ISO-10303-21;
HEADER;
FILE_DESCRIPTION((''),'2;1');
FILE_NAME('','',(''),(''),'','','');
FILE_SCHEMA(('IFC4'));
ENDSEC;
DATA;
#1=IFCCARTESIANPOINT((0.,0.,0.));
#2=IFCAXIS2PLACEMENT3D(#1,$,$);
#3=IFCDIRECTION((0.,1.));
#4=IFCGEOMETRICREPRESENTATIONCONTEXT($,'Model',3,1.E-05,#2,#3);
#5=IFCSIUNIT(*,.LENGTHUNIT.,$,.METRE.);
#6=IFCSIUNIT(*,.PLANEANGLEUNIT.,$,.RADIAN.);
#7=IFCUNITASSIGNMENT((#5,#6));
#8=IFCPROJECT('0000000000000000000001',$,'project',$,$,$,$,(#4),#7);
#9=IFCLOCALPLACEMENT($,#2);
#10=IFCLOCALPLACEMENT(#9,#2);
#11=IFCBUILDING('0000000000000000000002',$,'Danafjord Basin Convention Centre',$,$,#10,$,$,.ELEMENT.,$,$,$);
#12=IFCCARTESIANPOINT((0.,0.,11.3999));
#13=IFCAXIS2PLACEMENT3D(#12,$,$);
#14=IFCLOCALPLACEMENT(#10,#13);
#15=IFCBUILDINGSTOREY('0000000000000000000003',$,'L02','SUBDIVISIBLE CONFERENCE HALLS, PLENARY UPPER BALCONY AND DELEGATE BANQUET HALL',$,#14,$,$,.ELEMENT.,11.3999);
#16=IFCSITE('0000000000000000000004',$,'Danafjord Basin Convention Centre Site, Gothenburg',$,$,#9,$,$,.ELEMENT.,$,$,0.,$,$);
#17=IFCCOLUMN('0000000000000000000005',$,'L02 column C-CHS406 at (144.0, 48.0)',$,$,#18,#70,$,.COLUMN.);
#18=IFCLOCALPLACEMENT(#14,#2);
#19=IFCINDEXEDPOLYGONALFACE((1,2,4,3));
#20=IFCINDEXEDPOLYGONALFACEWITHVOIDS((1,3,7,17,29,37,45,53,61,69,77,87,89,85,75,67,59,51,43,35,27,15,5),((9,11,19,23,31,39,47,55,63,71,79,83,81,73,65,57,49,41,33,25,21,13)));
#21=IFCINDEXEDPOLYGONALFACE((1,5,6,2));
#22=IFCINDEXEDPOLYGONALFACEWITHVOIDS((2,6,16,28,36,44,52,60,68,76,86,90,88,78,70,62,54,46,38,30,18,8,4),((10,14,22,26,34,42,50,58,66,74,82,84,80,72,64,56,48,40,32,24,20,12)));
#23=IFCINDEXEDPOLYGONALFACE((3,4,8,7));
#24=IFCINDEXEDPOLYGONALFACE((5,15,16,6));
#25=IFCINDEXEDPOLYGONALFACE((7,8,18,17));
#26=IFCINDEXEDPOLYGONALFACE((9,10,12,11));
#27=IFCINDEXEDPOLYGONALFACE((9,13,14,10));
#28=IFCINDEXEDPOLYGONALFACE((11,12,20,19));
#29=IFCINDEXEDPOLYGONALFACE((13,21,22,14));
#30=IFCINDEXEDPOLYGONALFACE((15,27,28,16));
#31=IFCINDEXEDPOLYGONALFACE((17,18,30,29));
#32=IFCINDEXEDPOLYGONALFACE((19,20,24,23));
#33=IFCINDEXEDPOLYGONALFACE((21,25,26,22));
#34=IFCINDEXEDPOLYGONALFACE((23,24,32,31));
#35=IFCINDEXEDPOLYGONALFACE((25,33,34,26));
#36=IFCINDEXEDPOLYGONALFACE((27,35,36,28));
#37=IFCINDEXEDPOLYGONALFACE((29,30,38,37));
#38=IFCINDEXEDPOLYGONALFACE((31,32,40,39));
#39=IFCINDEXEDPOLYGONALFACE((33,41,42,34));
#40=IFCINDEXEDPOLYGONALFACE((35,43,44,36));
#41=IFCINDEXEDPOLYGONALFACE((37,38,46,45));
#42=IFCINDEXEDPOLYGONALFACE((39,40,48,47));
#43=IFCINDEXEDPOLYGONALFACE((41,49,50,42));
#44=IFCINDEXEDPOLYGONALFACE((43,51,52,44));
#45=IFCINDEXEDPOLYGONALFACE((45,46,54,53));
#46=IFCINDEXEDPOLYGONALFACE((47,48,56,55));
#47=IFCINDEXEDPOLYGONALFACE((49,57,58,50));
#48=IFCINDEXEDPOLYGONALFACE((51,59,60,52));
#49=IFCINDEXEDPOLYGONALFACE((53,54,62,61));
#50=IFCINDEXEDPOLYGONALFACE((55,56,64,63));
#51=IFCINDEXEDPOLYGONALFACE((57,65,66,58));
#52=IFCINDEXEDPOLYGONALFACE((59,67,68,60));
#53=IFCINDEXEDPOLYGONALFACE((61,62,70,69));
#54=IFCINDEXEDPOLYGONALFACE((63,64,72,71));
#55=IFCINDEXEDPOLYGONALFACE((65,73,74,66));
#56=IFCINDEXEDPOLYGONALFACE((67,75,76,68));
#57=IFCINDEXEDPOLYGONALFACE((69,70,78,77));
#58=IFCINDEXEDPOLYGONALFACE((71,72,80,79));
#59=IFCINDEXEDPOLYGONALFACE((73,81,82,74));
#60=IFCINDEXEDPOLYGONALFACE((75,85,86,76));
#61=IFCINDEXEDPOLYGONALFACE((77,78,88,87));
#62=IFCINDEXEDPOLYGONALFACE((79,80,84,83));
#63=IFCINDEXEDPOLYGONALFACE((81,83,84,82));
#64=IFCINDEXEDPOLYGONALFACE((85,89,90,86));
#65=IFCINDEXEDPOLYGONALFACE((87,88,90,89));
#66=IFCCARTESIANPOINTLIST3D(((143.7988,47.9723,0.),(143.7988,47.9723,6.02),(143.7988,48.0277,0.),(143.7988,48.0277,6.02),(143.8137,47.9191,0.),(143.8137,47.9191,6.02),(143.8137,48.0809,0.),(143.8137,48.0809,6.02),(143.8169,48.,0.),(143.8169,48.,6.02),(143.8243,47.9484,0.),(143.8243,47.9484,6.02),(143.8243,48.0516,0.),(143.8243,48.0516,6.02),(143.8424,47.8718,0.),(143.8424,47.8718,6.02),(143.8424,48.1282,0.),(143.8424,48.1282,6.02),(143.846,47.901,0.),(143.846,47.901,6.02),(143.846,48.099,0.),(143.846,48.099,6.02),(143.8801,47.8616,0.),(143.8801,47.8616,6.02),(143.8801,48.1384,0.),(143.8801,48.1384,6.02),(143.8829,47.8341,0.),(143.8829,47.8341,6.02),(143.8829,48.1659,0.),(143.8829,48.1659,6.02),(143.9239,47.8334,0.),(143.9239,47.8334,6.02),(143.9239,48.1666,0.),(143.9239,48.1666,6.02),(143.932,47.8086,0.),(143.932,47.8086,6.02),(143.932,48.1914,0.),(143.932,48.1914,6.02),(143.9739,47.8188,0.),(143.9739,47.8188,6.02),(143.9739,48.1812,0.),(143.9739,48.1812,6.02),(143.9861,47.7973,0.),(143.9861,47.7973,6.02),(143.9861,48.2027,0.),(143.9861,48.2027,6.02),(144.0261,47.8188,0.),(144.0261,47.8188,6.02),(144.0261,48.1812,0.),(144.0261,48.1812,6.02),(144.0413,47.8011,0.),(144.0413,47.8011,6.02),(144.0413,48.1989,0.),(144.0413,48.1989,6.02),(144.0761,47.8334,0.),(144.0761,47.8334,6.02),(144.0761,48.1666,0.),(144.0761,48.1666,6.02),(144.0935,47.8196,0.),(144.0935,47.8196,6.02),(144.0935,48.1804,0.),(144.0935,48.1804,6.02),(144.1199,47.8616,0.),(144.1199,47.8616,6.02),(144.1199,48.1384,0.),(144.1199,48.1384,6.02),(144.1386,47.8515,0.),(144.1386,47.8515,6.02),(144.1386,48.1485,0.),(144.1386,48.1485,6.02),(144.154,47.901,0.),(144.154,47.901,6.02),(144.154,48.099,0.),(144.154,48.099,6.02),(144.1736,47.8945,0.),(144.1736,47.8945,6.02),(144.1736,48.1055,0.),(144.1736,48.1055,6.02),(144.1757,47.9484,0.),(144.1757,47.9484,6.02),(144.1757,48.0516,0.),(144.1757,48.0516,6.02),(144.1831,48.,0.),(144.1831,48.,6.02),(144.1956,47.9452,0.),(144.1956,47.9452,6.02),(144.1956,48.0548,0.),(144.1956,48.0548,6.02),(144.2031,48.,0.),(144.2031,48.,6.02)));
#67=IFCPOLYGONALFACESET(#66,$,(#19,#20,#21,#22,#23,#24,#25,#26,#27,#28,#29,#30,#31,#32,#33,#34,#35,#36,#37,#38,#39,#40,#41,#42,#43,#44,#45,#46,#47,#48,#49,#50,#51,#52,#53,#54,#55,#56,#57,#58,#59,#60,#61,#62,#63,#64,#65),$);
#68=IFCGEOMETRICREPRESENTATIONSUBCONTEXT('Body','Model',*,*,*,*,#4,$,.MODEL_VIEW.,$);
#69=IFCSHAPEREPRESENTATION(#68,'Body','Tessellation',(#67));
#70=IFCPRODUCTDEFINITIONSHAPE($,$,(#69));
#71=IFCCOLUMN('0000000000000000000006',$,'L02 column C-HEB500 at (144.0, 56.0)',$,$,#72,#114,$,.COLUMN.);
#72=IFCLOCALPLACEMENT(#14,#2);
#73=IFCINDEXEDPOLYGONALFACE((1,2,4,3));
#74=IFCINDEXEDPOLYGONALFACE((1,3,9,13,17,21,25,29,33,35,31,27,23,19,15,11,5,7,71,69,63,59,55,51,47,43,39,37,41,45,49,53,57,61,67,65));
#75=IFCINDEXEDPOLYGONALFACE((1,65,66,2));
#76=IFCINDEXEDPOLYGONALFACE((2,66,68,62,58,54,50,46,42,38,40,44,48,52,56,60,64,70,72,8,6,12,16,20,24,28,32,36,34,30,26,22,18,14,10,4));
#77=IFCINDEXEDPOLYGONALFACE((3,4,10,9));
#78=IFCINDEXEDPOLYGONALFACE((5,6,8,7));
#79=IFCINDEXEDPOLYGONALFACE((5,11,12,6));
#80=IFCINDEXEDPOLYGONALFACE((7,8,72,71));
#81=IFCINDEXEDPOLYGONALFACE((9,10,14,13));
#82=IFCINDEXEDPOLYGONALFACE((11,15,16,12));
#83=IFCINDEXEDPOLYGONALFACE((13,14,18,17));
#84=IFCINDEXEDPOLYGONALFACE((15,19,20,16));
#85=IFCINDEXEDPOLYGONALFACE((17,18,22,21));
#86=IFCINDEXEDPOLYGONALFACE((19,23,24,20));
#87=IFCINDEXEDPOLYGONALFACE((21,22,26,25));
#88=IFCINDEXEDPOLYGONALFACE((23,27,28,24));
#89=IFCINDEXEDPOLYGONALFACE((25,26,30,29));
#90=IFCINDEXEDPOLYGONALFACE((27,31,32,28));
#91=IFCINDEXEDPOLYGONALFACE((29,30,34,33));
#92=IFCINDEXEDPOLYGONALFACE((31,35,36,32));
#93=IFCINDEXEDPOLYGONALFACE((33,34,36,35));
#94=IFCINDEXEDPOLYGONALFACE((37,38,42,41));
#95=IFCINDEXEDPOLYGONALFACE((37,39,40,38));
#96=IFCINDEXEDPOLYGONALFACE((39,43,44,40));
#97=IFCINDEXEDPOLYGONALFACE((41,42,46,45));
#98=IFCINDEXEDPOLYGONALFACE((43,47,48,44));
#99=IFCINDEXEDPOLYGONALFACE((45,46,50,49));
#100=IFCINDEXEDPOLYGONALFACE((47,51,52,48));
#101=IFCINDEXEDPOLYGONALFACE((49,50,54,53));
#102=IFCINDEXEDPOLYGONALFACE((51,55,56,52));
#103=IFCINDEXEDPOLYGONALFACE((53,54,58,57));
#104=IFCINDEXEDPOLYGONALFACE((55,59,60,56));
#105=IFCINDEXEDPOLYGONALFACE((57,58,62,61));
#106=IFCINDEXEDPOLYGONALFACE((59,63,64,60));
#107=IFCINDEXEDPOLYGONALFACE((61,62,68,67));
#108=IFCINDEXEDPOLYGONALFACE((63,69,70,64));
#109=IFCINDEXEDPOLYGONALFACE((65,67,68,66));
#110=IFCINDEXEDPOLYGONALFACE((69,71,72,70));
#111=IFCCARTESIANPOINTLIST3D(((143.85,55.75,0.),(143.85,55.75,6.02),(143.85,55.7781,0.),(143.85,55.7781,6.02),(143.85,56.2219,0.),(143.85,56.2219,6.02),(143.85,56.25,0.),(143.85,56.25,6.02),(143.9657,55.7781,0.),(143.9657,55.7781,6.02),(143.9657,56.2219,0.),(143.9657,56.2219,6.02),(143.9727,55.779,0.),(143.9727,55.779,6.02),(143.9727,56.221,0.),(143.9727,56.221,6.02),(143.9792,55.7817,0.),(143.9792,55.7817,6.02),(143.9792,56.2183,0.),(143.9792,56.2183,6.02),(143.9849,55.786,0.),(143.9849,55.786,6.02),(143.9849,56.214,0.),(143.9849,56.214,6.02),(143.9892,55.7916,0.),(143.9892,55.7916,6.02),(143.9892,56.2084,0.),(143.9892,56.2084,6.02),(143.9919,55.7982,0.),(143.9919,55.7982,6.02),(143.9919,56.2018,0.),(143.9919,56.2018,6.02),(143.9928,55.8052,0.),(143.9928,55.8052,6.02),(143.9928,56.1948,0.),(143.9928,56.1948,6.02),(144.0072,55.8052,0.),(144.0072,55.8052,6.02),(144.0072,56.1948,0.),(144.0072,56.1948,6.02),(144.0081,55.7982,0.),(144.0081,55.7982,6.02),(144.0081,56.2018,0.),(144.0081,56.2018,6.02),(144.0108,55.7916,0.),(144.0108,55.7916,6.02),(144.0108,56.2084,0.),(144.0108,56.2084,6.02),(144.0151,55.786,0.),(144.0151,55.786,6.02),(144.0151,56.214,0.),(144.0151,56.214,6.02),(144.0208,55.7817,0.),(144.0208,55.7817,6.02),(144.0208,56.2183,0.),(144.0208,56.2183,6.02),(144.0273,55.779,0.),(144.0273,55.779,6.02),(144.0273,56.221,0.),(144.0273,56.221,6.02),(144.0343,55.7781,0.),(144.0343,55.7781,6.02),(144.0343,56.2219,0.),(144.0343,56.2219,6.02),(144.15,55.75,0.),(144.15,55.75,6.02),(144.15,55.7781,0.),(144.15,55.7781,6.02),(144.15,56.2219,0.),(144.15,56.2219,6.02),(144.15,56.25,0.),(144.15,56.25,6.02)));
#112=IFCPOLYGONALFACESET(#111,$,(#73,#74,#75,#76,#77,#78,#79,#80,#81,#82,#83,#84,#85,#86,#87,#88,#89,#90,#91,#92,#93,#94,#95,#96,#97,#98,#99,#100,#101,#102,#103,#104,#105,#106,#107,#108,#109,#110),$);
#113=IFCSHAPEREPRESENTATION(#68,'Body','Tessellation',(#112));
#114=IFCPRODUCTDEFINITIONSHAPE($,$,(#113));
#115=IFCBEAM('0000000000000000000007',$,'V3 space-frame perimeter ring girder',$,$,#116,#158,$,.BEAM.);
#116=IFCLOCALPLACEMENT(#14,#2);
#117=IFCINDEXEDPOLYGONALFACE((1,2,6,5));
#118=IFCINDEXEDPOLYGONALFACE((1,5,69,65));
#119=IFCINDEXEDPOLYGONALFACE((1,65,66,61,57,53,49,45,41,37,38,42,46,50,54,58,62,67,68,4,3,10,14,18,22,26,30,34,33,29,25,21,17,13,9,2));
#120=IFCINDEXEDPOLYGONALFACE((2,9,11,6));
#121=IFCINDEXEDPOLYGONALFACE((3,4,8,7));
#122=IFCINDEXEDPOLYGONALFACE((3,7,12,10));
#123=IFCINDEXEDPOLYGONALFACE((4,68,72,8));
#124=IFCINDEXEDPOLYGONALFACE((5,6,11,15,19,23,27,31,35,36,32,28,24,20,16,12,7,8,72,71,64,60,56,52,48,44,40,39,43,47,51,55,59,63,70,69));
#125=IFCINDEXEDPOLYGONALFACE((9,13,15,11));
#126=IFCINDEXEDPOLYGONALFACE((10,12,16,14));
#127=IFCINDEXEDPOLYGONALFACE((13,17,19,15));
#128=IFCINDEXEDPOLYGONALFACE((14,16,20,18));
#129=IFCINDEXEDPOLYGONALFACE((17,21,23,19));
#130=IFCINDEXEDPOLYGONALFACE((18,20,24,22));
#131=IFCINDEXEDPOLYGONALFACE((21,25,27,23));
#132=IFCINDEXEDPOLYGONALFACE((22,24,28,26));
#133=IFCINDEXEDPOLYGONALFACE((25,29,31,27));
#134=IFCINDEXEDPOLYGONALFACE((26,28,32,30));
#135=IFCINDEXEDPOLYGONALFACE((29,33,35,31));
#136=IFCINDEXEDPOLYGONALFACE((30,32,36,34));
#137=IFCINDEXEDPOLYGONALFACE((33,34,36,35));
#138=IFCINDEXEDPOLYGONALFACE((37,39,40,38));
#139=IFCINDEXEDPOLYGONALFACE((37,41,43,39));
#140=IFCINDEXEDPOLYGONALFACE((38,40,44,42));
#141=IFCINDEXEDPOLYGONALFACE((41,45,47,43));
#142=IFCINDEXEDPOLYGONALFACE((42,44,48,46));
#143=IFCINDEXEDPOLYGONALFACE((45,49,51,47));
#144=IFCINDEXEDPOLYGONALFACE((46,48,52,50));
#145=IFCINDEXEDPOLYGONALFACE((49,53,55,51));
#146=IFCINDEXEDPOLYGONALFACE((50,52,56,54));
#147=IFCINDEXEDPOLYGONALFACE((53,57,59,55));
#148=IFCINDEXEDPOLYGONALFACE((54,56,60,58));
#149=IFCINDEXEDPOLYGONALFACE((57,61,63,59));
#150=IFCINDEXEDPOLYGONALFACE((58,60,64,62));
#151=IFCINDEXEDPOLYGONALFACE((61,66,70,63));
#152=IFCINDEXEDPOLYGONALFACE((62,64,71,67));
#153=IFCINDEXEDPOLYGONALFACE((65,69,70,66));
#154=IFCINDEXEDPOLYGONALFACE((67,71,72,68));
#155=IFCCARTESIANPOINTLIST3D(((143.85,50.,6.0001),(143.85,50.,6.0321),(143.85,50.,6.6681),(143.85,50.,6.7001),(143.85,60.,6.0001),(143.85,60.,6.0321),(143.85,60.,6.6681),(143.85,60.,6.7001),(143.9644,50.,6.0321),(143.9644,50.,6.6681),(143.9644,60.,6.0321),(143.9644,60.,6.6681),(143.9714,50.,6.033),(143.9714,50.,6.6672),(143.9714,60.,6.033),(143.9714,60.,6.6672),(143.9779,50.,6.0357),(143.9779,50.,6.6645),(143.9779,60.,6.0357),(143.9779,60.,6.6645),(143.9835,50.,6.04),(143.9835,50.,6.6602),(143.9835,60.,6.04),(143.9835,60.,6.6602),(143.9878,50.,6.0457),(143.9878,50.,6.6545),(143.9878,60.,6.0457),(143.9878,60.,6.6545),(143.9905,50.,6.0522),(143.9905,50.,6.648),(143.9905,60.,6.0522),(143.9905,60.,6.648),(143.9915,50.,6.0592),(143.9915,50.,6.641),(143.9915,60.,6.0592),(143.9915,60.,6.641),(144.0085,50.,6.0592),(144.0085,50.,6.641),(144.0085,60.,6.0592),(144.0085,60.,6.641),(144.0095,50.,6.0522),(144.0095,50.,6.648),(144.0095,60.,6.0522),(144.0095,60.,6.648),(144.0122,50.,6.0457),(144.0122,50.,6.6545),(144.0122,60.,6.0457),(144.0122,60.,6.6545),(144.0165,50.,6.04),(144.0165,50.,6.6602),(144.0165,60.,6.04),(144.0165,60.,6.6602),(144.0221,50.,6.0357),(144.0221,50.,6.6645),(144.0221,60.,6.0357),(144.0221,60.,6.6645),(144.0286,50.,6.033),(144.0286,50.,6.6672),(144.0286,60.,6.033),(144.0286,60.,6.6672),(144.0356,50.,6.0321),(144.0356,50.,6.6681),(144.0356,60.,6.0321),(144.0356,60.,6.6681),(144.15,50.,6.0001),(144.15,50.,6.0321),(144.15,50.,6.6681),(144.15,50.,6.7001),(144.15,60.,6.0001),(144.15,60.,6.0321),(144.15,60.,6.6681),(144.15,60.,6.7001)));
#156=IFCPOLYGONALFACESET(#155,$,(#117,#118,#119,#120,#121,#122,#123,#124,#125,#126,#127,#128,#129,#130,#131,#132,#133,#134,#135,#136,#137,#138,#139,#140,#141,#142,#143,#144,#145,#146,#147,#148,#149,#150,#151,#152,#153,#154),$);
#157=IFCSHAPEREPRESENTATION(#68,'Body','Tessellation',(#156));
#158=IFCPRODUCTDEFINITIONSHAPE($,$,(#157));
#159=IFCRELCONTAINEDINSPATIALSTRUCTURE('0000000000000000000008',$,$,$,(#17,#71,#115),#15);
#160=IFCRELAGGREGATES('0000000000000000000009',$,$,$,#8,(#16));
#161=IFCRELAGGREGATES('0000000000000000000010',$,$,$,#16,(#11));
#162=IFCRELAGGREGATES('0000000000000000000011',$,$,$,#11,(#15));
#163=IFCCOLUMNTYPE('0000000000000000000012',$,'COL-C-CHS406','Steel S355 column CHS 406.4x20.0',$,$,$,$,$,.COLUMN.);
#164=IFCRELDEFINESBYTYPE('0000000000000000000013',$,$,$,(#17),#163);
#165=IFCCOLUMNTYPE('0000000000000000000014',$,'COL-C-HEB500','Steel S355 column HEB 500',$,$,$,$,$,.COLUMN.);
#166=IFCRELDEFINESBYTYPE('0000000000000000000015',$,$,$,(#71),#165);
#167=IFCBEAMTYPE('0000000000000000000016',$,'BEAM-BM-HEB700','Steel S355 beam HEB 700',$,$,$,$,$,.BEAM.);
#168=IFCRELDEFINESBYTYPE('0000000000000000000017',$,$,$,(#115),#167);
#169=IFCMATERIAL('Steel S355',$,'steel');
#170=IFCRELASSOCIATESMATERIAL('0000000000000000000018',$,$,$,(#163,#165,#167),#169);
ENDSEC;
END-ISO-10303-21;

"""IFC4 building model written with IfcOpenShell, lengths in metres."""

from ifc_helpers import new_model, si_unit, direction, frame, origin, origin_2d, place, context, subcontext, project, spatial, hollow_circle, i_section, extrude, material, material_profile, profile_set, type_object, element, save


model = new_model("IFC4")

# Units and contexts
model_context = context("Model", 3, precision=1e-05, world=origin(), true_north=direction((0.0, 1.0)))
body_context = subcontext(model_context, "Body", "Model", "MODEL_VIEW")
ifc_project = project(units=[si_unit("LENGTHUNIT", "METRE"), si_unit("PLANEANGLEUNIT", "RADIAN")], contexts=[model_context])

# Site, building, storey
site_placement = place(None, origin())
site = spatial("IfcSite", under=ifc_project, at=site_placement, Name="Danafjord Basin Convention Centre Site, Gothenburg", CompositionType="ELEMENT", RefElevation=0.0)
building_placement = place(site_placement, origin())
building = spatial("IfcBuilding", under=site, at=building_placement, Name="Danafjord Basin Convention Centre", CompositionType="ELEMENT")
storey_placement = place(building_placement, frame((0.0, 0.0, 11.3999)))
storey = spatial("IfcBuildingStorey", under=building, at=storey_placement, Name="L02", Description="SUBDIVISIBLE CONFERENCE HALLS, PLENARY UPPER BALCONY AND DELEGATE BANQUET HALL", CompositionType="ELEMENT", Elevation=11.3999)

# Columns
ifc_material = material(Name="Steel S355", Category="steel")
ifc_material_profile_1 = material_profile(ifc_material, hollow_circle(Radius=0.2031, WallThickness=0.02, at=origin_2d()), Name="CHS 406.4x20.0")
ifc_profile_set_1 = profile_set([ifc_material_profile_1], Name="Steel S355")
column_type_1 = type_object("IfcColumnType", Name="COL-C-CHS406", Description="Steel S355 column CHS 406.4x20.0", PredefinedType="COLUMN", material=ifc_profile_set_1)
column_1_placement = place(storey_placement, frame((144.0, 48.0, 0.0), z_axis=(0.0, 0.0, 1.0), x_axis=(1.0, 0.0, 0.0)))
element("IfcColumn", 1, at=column_1_placement, inside=storey, type_object=column_type_1, Name="L02 column C-CHS406 at (144.0, 48.0)", PredefinedType="COLUMN", context=body_context, shape_type="SweptSolid", body=[
    extrude(hollow_circle(Radius=0.2031, WallThickness=0.02, at=origin_2d()), origin(), (0.0, 0.0, 1.0), 6.02),
])
ifc_material_profile_2 = material_profile(ifc_material, i_section(OverallWidth=0.3, OverallDepth=0.5, WebThickness=0.0144, FlangeThickness=0.0281, FilletRadius=0.0271, at=origin_2d()), Name="HEB 500")
ifc_profile_set_2 = profile_set([ifc_material_profile_2], Name="Steel S355")
column_type_2 = type_object("IfcColumnType", Name="COL-C-HEB500", Description="Steel S355 column HEB 500", PredefinedType="COLUMN", material=ifc_profile_set_2)
column_2_placement = place(storey_placement, frame((144.0, 56.0, 0.0), z_axis=(0.0, 0.0, 1.0), x_axis=(1.0, 0.0, 0.0)))
element("IfcColumn", 2, at=column_2_placement, inside=storey, type_object=column_type_2, Name="L02 column C-HEB500 at (144.0, 56.0)", PredefinedType="COLUMN", context=body_context, shape_type="SweptSolid", body=[
    extrude(i_section(OverallWidth=0.3, OverallDepth=0.5, WebThickness=0.0144, FlangeThickness=0.0281, FilletRadius=0.0271, at=origin_2d()), origin(), (0.0, 0.0, 1.0), 6.02),
])

# Beam
ifc_material_profile_3 = material_profile(ifc_material, i_section(OverallWidth=0.3, OverallDepth=0.7, WebThickness=0.0171, FlangeThickness=0.032, FilletRadius=0.0271, at=origin_2d()), Name="HEB 700")
ifc_profile_set_3 = profile_set([ifc_material_profile_3], Name="Steel S355")
beam_type_1 = type_object("IfcBeamType", Name="BEAM-BM-HEB700", Description="Steel S355 beam HEB 700", PredefinedType="BEAM", material=ifc_profile_set_3)
for number, where, z_axis, x_axis, name in (
    (3, (144.0, 50.0, 6.3501), (0.0, 1.0, 0.0), (-1.0, 0.0, 0.0), "V3 space-frame perimeter ring girder"),
):
    element("IfcBeam", number, at=place(storey_placement, frame(where, z_axis=z_axis, x_axis=x_axis)), inside=storey, type_object=beam_type_1, Name=name, PredefinedType="BEAM", context=body_context, shape_type="SweptSolid", body=[
        extrude(i_section(OverallWidth=0.3, OverallDepth=0.7, WebThickness=0.0171, FlangeThickness=0.032, FilletRadius=0.0271, at=origin_2d()), origin(), (0.0, 0.0, 1.0), 10.0),
    ])

save(model, "model.ifc")
